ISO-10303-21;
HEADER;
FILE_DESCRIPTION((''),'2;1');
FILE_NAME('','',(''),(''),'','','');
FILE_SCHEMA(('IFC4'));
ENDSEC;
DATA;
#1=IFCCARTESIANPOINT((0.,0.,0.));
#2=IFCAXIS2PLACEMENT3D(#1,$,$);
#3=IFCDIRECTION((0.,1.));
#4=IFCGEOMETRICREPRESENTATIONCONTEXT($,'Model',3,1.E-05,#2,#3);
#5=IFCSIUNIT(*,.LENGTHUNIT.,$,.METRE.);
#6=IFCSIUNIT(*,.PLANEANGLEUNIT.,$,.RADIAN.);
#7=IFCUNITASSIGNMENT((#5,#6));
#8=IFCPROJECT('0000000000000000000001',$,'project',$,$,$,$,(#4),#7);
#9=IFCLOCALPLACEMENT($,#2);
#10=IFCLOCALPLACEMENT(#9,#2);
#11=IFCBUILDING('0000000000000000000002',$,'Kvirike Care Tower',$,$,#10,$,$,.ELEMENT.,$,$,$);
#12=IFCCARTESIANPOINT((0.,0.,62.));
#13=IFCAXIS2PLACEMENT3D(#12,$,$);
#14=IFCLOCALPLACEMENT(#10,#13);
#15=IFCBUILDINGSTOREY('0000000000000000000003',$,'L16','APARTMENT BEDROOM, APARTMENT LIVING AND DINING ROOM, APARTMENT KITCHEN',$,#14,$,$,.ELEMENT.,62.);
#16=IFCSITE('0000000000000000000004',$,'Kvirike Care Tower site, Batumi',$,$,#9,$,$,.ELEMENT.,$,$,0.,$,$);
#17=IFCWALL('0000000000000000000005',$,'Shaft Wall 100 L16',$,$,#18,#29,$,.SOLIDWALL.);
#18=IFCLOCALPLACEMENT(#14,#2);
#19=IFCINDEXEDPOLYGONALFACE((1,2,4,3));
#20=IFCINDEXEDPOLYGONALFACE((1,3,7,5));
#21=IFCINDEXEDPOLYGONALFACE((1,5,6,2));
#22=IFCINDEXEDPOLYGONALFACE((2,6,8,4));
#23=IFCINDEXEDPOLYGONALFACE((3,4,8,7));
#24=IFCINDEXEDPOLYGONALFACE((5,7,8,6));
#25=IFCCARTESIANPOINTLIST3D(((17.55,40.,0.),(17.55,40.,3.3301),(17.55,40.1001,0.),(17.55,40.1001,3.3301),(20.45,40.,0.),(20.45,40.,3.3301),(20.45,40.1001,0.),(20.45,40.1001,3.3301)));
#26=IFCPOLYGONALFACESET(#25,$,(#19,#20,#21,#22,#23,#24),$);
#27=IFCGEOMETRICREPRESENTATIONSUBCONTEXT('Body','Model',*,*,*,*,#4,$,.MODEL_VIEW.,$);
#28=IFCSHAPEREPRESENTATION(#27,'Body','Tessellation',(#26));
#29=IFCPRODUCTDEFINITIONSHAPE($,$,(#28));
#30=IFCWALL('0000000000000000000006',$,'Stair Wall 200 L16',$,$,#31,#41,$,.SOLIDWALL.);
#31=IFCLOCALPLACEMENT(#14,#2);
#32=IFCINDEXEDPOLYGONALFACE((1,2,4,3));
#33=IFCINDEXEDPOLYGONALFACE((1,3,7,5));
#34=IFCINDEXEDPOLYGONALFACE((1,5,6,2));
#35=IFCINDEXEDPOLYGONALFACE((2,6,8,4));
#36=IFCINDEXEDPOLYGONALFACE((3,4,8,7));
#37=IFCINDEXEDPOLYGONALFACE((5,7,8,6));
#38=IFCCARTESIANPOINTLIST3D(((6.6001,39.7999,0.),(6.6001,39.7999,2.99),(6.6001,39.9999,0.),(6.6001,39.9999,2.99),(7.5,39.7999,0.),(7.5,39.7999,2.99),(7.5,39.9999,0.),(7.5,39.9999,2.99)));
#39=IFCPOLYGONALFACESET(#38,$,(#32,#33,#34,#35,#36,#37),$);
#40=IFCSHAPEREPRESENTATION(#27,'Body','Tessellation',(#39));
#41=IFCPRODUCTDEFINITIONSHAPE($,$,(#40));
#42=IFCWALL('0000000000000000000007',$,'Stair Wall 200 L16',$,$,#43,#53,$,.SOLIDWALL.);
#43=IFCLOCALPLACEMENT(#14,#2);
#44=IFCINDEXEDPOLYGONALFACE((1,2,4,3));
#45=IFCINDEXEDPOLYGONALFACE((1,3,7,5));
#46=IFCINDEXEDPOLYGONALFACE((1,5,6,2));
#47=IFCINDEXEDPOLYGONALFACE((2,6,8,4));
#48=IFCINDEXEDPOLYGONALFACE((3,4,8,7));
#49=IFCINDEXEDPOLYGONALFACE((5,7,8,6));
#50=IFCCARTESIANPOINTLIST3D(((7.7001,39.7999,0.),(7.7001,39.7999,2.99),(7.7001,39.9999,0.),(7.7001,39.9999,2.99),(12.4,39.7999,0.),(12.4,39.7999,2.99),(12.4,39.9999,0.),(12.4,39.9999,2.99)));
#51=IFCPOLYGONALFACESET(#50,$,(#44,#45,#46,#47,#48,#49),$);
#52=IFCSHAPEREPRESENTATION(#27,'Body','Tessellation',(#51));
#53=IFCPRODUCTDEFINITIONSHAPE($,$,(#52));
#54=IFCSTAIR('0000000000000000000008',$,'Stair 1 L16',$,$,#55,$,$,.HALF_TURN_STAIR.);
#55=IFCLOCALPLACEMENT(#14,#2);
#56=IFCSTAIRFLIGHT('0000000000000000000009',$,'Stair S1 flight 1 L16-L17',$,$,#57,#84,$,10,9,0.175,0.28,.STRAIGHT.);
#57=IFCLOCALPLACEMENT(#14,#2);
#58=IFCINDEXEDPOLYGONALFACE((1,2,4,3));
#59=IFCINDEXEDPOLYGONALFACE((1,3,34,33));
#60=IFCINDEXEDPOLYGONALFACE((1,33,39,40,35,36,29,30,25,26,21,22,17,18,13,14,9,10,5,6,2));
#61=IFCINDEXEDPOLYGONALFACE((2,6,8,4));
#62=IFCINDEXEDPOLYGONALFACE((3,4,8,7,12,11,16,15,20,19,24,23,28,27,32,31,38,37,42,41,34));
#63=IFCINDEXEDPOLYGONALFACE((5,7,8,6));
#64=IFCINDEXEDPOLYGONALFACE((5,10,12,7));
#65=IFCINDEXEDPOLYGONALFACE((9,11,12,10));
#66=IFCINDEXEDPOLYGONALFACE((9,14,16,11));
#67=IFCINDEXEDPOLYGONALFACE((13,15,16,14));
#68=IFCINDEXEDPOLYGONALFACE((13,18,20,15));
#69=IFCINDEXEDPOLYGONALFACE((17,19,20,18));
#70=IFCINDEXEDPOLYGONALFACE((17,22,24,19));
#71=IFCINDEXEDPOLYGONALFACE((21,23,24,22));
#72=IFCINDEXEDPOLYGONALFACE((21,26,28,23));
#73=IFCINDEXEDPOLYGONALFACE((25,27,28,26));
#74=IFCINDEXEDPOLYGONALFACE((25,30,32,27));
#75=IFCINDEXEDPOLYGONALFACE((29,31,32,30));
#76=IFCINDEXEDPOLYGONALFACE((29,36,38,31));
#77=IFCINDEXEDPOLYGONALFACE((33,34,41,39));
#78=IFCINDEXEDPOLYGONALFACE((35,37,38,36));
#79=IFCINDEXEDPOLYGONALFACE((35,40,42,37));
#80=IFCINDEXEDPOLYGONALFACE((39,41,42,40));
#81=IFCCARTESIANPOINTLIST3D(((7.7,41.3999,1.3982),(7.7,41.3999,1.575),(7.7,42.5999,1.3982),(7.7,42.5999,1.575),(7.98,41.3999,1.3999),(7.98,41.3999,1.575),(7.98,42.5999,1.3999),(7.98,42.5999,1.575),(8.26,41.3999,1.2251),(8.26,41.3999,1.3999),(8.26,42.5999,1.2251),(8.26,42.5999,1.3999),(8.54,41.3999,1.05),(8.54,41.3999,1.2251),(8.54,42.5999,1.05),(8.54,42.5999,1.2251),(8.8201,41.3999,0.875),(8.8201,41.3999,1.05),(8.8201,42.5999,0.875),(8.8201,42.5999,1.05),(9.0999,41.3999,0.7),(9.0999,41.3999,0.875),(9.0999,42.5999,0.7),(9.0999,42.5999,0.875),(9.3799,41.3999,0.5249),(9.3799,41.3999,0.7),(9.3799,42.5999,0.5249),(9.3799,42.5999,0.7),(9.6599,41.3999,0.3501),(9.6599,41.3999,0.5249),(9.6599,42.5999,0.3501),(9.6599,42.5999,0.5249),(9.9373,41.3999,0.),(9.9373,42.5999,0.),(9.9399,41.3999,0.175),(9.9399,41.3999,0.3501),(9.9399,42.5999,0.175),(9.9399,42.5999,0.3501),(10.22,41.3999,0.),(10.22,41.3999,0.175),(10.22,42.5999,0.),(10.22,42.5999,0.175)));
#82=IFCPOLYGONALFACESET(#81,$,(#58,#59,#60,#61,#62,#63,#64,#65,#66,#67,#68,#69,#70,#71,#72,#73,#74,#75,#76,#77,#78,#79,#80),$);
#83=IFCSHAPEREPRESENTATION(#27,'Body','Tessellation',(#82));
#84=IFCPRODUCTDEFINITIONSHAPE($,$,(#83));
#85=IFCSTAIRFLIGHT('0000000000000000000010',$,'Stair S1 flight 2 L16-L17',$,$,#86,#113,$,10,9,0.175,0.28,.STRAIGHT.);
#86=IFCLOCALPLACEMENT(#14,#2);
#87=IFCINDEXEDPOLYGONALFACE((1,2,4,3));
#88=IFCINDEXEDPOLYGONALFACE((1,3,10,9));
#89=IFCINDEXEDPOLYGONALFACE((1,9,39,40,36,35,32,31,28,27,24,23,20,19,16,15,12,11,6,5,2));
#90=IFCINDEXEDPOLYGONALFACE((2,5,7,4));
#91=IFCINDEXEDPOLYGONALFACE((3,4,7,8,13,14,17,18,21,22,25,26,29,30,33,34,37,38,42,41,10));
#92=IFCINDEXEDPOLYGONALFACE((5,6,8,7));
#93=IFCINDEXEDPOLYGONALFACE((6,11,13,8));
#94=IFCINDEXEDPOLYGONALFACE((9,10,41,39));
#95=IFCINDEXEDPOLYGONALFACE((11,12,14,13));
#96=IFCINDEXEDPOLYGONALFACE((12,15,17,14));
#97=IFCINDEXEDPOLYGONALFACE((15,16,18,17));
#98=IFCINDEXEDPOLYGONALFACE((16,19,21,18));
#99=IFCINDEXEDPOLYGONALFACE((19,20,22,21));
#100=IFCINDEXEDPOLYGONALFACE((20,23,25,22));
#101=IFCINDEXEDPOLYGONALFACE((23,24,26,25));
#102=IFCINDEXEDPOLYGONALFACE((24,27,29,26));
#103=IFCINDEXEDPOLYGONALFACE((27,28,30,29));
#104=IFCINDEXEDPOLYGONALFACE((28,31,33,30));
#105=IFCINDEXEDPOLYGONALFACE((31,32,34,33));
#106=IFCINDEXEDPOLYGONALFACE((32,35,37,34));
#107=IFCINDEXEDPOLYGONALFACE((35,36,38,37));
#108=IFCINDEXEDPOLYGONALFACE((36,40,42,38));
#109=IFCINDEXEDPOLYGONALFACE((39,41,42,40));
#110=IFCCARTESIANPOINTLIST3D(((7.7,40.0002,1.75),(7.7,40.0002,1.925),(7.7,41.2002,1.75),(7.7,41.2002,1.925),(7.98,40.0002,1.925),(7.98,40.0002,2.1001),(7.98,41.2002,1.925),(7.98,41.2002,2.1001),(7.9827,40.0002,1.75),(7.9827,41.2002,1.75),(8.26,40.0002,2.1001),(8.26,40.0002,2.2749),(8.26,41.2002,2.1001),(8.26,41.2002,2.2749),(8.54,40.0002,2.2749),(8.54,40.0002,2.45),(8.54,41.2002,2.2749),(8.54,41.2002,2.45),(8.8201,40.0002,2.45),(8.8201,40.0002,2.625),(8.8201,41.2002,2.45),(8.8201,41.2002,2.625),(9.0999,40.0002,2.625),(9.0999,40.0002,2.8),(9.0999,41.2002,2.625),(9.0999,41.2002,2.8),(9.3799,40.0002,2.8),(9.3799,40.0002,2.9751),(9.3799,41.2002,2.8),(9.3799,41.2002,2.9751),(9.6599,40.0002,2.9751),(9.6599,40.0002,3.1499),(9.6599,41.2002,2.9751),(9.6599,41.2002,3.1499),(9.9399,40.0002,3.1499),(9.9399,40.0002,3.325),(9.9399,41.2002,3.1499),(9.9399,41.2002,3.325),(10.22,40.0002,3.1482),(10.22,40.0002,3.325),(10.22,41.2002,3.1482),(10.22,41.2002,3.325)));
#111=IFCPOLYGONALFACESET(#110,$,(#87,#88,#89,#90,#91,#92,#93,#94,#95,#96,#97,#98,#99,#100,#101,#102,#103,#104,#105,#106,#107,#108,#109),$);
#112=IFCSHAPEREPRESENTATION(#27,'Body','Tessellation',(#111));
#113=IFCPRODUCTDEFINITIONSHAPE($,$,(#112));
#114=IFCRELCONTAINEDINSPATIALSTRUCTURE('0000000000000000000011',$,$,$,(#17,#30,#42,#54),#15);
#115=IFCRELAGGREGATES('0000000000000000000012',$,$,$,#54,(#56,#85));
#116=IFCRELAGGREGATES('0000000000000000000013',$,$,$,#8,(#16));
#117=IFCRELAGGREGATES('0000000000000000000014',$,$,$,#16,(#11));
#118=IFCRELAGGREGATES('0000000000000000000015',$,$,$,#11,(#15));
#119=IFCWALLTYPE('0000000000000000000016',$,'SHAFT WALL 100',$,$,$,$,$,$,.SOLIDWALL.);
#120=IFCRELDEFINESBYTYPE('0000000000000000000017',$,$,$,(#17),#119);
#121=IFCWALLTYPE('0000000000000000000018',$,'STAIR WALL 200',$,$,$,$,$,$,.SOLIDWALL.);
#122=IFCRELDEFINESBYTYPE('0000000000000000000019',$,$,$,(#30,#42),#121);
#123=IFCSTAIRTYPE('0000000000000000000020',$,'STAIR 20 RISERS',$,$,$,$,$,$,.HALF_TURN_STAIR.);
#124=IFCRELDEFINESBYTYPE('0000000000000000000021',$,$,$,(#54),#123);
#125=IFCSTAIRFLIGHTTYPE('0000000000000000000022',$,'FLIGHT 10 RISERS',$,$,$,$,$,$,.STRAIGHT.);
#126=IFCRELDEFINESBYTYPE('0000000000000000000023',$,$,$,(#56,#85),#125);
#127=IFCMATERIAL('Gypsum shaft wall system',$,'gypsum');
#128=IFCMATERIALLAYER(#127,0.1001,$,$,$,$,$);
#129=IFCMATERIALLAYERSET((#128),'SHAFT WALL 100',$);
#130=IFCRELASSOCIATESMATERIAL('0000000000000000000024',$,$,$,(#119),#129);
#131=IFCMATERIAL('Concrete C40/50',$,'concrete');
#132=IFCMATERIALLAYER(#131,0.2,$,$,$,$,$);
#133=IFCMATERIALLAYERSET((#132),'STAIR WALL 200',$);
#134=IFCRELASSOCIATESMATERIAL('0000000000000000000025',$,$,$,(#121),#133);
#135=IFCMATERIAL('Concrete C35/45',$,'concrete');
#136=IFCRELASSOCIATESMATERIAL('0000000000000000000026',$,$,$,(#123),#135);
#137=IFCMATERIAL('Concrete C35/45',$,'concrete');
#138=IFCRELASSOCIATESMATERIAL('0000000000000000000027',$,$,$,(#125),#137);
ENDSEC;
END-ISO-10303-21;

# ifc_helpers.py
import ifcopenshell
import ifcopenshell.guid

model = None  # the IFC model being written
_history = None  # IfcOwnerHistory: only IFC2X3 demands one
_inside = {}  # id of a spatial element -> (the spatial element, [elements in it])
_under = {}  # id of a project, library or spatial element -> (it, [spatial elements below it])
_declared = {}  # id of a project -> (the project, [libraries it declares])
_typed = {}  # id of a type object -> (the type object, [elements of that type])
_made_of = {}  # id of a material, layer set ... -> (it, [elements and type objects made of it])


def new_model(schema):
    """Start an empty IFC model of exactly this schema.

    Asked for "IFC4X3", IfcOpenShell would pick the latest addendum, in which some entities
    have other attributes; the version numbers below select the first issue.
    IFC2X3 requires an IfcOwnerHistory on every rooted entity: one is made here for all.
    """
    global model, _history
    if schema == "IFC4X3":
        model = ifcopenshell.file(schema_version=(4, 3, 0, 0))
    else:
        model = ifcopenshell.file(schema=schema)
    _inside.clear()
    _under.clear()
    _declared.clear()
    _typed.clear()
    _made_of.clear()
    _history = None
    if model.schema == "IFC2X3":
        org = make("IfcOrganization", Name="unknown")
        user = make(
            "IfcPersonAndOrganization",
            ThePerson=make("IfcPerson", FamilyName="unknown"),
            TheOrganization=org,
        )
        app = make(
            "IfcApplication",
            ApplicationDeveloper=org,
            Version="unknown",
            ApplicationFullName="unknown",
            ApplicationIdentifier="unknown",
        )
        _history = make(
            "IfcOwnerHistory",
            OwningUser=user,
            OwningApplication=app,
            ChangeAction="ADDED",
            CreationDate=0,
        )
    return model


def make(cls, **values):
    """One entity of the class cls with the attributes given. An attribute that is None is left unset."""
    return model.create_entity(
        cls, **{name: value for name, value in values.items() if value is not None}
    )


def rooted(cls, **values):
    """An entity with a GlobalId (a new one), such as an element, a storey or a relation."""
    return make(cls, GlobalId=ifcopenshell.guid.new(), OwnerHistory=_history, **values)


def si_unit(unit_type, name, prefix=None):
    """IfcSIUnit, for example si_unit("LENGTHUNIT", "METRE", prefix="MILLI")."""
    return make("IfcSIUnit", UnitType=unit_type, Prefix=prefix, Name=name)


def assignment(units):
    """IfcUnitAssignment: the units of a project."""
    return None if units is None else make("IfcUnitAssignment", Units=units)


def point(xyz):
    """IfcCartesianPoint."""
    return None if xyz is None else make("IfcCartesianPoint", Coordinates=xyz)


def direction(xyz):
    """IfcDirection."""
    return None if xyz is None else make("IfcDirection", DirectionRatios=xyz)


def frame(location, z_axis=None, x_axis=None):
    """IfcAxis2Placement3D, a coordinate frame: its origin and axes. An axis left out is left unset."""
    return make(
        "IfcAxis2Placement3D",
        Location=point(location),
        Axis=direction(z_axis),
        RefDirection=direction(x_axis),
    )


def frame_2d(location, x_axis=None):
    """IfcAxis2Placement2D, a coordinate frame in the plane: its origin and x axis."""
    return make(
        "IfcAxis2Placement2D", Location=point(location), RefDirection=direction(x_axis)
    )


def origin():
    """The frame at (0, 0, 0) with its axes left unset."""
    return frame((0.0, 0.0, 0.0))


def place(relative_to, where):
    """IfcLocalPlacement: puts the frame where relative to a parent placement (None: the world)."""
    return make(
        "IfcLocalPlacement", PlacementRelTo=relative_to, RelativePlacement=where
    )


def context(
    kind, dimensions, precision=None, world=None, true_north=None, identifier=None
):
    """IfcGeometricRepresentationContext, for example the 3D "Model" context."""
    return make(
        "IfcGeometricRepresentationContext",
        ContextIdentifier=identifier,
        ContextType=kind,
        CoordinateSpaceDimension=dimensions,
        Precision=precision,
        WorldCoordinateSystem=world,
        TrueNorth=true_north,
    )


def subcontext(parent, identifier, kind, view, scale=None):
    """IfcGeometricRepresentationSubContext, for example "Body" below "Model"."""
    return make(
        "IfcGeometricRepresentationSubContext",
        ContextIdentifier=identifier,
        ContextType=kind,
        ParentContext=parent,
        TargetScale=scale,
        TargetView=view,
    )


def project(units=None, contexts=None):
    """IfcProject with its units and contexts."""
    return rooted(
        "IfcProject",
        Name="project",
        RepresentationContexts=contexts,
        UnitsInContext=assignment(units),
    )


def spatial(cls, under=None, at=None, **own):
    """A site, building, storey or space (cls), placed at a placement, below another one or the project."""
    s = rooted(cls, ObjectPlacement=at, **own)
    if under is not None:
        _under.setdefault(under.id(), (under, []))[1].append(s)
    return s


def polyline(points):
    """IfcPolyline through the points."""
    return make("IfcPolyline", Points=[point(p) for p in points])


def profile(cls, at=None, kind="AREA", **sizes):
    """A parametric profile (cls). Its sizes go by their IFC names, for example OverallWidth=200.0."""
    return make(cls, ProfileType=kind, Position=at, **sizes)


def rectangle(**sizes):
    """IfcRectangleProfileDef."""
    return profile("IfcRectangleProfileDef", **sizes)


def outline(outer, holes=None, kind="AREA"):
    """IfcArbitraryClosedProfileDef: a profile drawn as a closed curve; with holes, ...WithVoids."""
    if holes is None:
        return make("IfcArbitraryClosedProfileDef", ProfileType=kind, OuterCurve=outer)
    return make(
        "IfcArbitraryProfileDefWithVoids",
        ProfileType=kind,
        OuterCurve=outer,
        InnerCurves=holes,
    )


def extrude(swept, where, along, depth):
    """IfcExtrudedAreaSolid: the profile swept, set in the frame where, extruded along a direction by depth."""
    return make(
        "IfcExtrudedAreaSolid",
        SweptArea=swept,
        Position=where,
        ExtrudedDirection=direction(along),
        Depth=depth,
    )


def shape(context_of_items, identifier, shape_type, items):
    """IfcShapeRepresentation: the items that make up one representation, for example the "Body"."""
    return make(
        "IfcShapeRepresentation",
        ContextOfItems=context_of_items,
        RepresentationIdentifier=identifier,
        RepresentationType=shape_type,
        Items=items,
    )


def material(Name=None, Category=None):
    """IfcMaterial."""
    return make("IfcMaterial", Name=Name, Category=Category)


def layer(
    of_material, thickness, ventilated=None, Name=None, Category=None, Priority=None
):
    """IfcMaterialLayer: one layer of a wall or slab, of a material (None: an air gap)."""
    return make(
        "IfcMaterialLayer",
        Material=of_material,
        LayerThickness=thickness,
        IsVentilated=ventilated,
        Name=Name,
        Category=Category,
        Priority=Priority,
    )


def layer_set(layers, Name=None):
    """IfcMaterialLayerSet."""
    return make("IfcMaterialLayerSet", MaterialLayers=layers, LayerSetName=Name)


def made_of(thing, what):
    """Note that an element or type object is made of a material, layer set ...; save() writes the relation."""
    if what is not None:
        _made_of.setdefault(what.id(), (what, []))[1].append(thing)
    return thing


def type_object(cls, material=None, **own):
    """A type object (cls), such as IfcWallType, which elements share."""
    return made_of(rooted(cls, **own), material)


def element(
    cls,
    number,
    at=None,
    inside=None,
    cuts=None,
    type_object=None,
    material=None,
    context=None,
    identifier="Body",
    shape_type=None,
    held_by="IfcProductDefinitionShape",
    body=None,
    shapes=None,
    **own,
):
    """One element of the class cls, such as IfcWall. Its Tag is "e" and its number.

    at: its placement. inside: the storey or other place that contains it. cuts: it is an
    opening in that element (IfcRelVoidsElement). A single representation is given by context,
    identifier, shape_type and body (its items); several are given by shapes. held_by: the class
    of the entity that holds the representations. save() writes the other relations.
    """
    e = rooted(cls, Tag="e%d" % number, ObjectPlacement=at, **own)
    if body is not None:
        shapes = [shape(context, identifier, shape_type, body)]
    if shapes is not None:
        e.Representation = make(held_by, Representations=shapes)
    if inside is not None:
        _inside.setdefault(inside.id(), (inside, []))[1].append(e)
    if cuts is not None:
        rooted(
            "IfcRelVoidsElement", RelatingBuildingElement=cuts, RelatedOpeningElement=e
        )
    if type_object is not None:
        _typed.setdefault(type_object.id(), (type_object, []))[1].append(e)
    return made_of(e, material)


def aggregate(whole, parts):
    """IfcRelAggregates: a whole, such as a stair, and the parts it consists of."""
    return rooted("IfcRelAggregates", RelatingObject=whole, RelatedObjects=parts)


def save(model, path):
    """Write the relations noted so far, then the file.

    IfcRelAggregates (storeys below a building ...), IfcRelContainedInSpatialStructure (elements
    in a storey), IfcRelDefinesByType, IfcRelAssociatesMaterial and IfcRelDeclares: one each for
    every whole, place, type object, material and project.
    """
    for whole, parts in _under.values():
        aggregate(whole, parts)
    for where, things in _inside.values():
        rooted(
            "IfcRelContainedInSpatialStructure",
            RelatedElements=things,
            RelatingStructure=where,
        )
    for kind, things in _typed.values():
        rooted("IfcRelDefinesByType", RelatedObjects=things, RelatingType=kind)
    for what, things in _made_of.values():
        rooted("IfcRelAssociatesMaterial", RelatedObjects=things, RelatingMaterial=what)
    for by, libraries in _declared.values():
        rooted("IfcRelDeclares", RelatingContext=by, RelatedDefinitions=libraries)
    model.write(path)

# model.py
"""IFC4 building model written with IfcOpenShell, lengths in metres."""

from ifc_helpers import new_model, si_unit, direction, frame, frame_2d, origin, place, context, subcontext, project, spatial, polyline, rectangle, outline, extrude, material, layer, layer_set, type_object, element, aggregate, save


model = new_model("IFC4")

# Units and contexts
model_context = context("Model", 3, precision=1e-05, world=origin(), true_north=direction((0.0, 1.0)))
body_context = subcontext(model_context, "Body", "Model", "MODEL_VIEW")
ifc_project = project(units=[si_unit("LENGTHUNIT", "METRE"), si_unit("PLANEANGLEUNIT", "RADIAN")], contexts=[model_context])

# Site, building, storey
site_placement = place(None, origin())
site = spatial("IfcSite", under=ifc_project, at=site_placement, Name="Kvirike Care Tower site, Batumi", CompositionType="ELEMENT", RefElevation=0.0)
building_placement = place(site_placement, origin())
building = spatial("IfcBuilding", under=site, at=building_placement, Name="Kvirike Care Tower", CompositionType="ELEMENT")
storey_placement = place(building_placement, frame((0.0, 0.0, 62.0)))
storey = spatial("IfcBuildingStorey", under=building, at=storey_placement, Name="L16", Description="APARTMENT BEDROOM, APARTMENT LIVING AND DINING ROOM, APARTMENT KITCHEN", CompositionType="ELEMENT", Elevation=62.0)

# Shared definitions
ifc_material_1 = material(Name="Gypsum shaft wall system", Category="gypsum")
ifc_layer_1 = layer(ifc_material_1, 0.1001)
ifc_layer_set_1 = layer_set([ifc_layer_1], Name="SHAFT WALL 100")
wall_type_1 = type_object("IfcWallType", Name="SHAFT WALL 100", PredefinedType="SOLIDWALL", material=ifc_layer_set_1)

# Walls
wall_1_placement = place(storey_placement, frame((17.55, 40.05, 0.0), z_axis=(0.0, 0.0, 1.0), x_axis=(1.0, 0.0, 0.0)))
element("IfcWall", 1, at=wall_1_placement, inside=storey, type_object=wall_type_1, Name="Shaft Wall 100 L16", PredefinedType="SOLIDWALL", context=body_context, shape_type="SweptSolid", body=[
    extrude(rectangle(XDim=2.8999, YDim=0.1001, at=frame_2d((1.45, 0.0))), origin(), (0.0, 0.0, 1.0), 3.3301),
])
ifc_material_2 = material(Name="Concrete C40/50", Category="concrete")
ifc_layer_2 = layer(ifc_material_2, 0.2)
ifc_layer_set_2 = layer_set([ifc_layer_2], Name="STAIR WALL 200")
wall_type_2 = type_object("IfcWallType", Name="STAIR WALL 200", PredefinedType="SOLIDWALL", material=ifc_layer_set_2)
wall_2_placement = place(storey_placement, frame((6.6001, 39.8999, 0.0), z_axis=(0.0, 0.0, 1.0), x_axis=(1.0, 0.0, 0.0)))
element("IfcWall", 2, at=wall_2_placement, inside=storey, type_object=wall_type_2, Name="Stair Wall 200 L16", PredefinedType="SOLIDWALL", context=body_context, shape_type="SweptSolid", body=[
    extrude(rectangle(XDim=0.8999, YDim=0.2, at=frame_2d((0.45, 0.0))), origin(), (0.0, 0.0, 1.0), 2.99),
])
wall_3_placement = place(storey_placement, frame((7.7, 39.8999, 0.0), z_axis=(0.0, 0.0, 1.0), x_axis=(1.0, 0.0, 0.0)))
element("IfcWall", 3, at=wall_3_placement, inside=storey, type_object=wall_type_2, Name="Stair Wall 200 L16", PredefinedType="SOLIDWALL", context=body_context, shape_type="SweptSolid", body=[
    extrude(rectangle(XDim=4.7, YDim=0.2, at=frame_2d((2.3501, 0.0))), origin(), (0.0, 0.0, 1.0), 2.99),
])

# Stair, stair flights
ifc_material_3 = material(Name="Concrete C35/45", Category="concrete")
stair_type = type_object("IfcStairType", Name="STAIR 20 RISERS", PredefinedType="HALF_TURN_STAIR", material=ifc_material_3)
stair_placement = place(storey_placement, origin())
stair = element("IfcStair", 4, at=stair_placement, inside=storey, type_object=stair_type, Name="Stair 1 L16", PredefinedType="HALF_TURN_STAIR")
ifc_material_4 = material(Name="Concrete C35/45", Category="concrete")
stair_flight_type = type_object("IfcStairFlightType", Name="FLIGHT 10 RISERS", PredefinedType="STRAIGHT", material=ifc_material_4)
stair_flight_1_placement = place(storey_placement, frame((10.22, 42.0, 0.0), z_axis=(0.0, 0.0, 1.0), x_axis=(-1.0, 0.0, 0.0)))
stair_flight_1 = element("IfcStairFlight", 5, at=stair_flight_1_placement, type_object=stair_flight_type, Name="Stair S1 flight 1 L16-L17", NumberOfRisers=10, NumberOfTreads=9, PredefinedType="STRAIGHT", RiserHeight=0.175, TreadLength=0.28, context=body_context, shape_type="SweptSolid", body=[
    extrude(outline(polyline([(0.0, 0.0), (0.0, 0.175), (0.28, 0.175), (0.28, 0.3501), (0.5601, 0.3501), (0.5601, 0.5249), (0.8401, 0.5249), (0.8401, 0.7), (1.1201, 0.7), (1.1201, 0.875), (1.3999, 0.875), (1.3999, 1.05), (1.6799, 1.05), (1.6799, 1.2251), (1.96, 1.2251), (1.96, 1.3999), (2.24, 1.3999), (2.24, 1.575), (2.52, 1.575), (2.52, 1.75), (2.52, 1.3982), (0.2827, 0.0), (0.0, 0.0)])), frame((0.0, 0.6001, 0.0), z_axis=(0.0, -1.0, 0.0), x_axis=(1.0, 0.0, 0.0)), (0.0, 0.0, 1.0), 1.2),
])
stair_flight_2_placement = place(storey_placement, frame((7.7, 40.6001, 1.75), z_axis=(0.0, 0.0, 1.0), x_axis=(1.0, 0.0, 0.0)))
stair_flight_2 = element("IfcStairFlight", 6, at=stair_flight_2_placement, type_object=stair_flight_type, Name="Stair S1 flight 2 L16-L17", NumberOfRisers=10, NumberOfTreads=9, PredefinedType="STRAIGHT", RiserHeight=0.175, TreadLength=0.28, context=body_context, shape_type="SweptSolid", body=[
    extrude(outline(polyline([(0.0, 0.0), (0.0, 0.175), (0.28, 0.175), (0.28, 0.3501), (0.5601, 0.3501), (0.5601, 0.5249), (0.8401, 0.5249), (0.8401, 0.7), (1.1201, 0.7), (1.1201, 0.875), (1.3999, 0.875), (1.3999, 1.05), (1.6799, 1.05), (1.6799, 1.2251), (1.96, 1.2251), (1.96, 1.3999), (2.24, 1.3999), (2.24, 1.575), (2.52, 1.575), (2.52, 1.75), (2.52, 1.3982), (0.2827, 0.0), (0.0, 0.0)])), frame((0.0, 0.6001, 0.0), z_axis=(0.0, -1.0, 0.0), x_axis=(1.0, 0.0, 0.0)), (0.0, 0.0, 1.0), 1.2),
])
aggregate(stair, [stair_flight_1, stair_flight_2])

save(model, "model.ifc")
